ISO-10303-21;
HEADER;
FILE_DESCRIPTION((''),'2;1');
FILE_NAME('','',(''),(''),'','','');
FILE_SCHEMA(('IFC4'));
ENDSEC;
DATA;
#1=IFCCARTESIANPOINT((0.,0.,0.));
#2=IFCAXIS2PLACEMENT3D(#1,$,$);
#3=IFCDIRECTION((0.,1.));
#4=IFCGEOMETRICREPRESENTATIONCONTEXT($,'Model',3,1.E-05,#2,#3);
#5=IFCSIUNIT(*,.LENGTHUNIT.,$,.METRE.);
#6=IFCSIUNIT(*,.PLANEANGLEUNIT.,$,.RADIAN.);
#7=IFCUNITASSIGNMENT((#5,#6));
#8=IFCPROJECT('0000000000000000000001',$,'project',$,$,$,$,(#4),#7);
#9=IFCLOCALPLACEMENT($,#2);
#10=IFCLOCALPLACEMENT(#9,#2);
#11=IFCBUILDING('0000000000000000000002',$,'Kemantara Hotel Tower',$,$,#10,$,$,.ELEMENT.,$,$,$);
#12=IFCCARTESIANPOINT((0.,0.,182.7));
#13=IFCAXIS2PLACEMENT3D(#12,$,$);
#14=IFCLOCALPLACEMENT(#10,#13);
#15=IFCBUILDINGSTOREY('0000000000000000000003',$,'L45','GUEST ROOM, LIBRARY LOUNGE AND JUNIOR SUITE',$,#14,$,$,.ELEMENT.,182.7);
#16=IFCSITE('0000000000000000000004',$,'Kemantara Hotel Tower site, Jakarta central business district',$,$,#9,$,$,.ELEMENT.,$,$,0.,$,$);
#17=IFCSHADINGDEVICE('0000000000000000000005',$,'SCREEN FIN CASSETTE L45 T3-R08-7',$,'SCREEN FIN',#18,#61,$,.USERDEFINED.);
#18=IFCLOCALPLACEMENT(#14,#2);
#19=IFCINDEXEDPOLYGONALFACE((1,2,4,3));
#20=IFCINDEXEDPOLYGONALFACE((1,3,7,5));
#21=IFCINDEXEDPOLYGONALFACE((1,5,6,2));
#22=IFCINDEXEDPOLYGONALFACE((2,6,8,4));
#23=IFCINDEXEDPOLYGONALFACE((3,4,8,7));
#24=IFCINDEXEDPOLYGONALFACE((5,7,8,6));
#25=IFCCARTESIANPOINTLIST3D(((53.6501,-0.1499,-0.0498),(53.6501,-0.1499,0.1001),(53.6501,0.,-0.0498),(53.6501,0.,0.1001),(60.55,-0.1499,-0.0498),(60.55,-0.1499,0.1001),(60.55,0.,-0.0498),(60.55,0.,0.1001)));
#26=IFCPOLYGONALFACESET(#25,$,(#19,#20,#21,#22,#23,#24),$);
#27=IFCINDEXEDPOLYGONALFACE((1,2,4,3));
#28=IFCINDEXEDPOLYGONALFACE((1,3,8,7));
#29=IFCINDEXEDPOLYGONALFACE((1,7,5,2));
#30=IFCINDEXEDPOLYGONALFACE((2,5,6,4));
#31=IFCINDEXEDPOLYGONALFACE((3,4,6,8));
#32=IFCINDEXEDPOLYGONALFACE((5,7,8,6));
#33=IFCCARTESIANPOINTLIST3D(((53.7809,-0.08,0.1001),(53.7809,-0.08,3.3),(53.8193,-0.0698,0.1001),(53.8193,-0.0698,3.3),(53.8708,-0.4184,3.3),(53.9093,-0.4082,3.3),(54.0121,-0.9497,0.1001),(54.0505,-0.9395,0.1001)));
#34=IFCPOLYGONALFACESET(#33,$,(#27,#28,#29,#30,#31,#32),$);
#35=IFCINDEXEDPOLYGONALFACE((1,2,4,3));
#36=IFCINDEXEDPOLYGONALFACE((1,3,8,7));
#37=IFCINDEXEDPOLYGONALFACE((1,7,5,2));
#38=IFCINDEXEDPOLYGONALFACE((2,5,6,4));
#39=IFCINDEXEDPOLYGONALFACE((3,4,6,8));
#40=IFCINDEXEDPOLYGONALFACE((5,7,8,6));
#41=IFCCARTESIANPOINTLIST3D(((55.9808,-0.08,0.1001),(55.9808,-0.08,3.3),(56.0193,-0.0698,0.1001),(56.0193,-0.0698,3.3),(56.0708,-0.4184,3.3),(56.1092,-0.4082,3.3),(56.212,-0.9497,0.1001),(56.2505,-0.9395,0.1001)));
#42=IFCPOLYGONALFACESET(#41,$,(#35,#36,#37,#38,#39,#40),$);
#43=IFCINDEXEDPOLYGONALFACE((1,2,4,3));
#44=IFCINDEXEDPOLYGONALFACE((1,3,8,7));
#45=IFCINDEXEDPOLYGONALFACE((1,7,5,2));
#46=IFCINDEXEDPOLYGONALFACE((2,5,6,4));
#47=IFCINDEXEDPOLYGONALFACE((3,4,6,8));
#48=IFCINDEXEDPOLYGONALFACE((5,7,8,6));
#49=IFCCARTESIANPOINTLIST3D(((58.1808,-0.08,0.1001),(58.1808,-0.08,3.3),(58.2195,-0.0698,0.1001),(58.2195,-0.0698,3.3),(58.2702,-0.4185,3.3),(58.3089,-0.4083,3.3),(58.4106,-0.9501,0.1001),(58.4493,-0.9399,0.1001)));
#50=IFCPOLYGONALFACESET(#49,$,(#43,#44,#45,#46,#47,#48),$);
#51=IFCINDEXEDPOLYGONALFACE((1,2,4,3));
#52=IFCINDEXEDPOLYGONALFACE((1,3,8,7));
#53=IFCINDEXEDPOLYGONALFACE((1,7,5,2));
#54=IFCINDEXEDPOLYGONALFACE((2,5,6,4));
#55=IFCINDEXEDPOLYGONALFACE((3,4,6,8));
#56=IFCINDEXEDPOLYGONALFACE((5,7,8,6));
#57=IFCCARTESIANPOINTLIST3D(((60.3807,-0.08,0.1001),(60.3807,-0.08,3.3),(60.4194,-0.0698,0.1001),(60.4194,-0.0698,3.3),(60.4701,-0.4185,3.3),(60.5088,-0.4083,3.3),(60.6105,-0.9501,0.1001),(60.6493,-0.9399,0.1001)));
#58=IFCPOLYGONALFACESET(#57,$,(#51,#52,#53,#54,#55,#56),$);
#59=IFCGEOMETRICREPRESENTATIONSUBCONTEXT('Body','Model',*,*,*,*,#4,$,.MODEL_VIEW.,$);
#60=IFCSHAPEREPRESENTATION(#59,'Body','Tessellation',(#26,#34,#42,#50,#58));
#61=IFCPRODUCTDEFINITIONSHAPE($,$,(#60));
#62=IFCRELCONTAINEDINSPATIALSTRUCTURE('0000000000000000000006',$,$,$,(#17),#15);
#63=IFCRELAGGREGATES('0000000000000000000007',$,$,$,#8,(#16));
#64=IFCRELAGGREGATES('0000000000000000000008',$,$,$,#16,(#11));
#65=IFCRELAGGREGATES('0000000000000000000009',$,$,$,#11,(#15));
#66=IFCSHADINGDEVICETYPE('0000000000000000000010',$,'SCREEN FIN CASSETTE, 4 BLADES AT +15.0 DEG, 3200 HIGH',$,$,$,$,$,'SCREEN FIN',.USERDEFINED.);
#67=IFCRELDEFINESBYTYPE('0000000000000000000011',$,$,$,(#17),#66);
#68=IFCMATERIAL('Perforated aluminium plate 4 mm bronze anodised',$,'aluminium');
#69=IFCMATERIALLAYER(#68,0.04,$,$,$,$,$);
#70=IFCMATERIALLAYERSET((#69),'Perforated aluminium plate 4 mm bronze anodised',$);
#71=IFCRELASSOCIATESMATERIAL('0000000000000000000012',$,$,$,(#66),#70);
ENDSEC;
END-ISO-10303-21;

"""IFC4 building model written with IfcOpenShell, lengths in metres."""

from ifc_helpers import new_model, si_unit, direction, frame, origin, origin_2d, place, context, subcontext, project, spatial, polyline, rectangle, outline, extrude, source, transform, mapped, material, layer, layer_set, type_object, element, save


model = new_model("IFC4")

# Units and contexts
model_context = context("Model", 3, precision=1e-05, world=origin(), true_north=direction((0.0, 1.0)))
body_context = subcontext(model_context, "Body", "Model", "MODEL_VIEW")
ifc_project = project(units=[si_unit("LENGTHUNIT", "METRE"), si_unit("PLANEANGLEUNIT", "RADIAN")], contexts=[model_context])

# Site, building, storey
site_placement = place(None, origin())
site = spatial("IfcSite", under=ifc_project, at=site_placement, Name="Kemantara Hotel Tower site, Jakarta central business district", CompositionType="ELEMENT", RefElevation=0.0)
building_placement = place(site_placement, origin())
building = spatial("IfcBuilding", under=site, at=building_placement, Name="Kemantara Hotel Tower", CompositionType="ELEMENT")
storey_placement = place(building_placement, frame((0.0, 0.0, 182.7)))
storey = spatial("IfcBuildingStorey", under=building, at=storey_placement, Name="L45", Description="GUEST ROOM, LIBRARY LOUNGE AND JUNIOR SUITE", CompositionType="ELEMENT", Elevation=182.7)

# Shading device
ifc_material_1 = material(Name="Perforated aluminium plate 4 mm bronze anodised", Category="aluminium")
ifc_layer_1 = layer(ifc_material_1, 0.04)
ifc_layer_set_1 = layer_set([ifc_layer_1], Name="Perforated aluminium plate 4 mm bronze anodised")
shading_device_type_1 = type_object("IfcShadingDeviceType", Name="SCREEN FIN CASSETTE, 4 BLADES AT +15.0 DEG, 3200 HIGH", ElementType="SCREEN FIN", PredefinedType="USERDEFINED", material=ifc_layer_set_1)
shared_shape_1 = source(origin(), body_context, "Body", "SweptSolid", [
    extrude(rectangle(XDim=6.8999, YDim=0.1499, at=origin_2d()), frame((3.3, -0.075, -0.1499), z_axis=(0.0, 0.0, 1.0), x_axis=(1.0, 0.0, 0.0)), (0.0, 0.0, 1.0), 0.1499),
    extrude(outline(polyline([(0.0, 0.0), (0.8999, 0.0), (0.3501, 3.2), (0.0, 3.2), (0.0, 0.0)])), frame((0.0193, -0.0698, 0.0), z_axis=(-0.966438, -0.256901, 0.0), x_axis=(0.256901, -0.966438, 0.0)), (0.0, 0.0, 1.0), 0.0398),
    extrude(outline(polyline([(0.0, 0.0), (0.8999, 0.0), (0.3501, 3.2), (0.0, 3.2), (0.0, 0.0)])), frame((2.2192, -0.0698, 0.0), z_axis=(-0.966438, -0.256901, 0.0), x_axis=(0.256901, -0.966438, 0.0)), (0.0, 0.0, 1.0), 0.0398),
    extrude(outline(polyline([(0.0, 0.0), (0.8999, 0.0), (0.3501, 3.2), (0.0, 3.2), (0.0, 0.0)])), frame((4.4194, -0.0698, 0.0), z_axis=(-0.966838, -0.255391, 0.0), x_axis=(0.255391, -0.966838, 0.0)), (0.0, 0.0, 1.0), 0.04),
    extrude(outline(polyline([(0.0, 0.0), (0.8999, 0.0), (0.3501, 3.2), (0.0, 3.2), (0.0, 0.0)])), frame((6.6194, -0.0698, 0.0), z_axis=(-0.966838, -0.255391, 0.0), x_axis=(0.255391, -0.966838, 0.0)), (0.0, 0.0, 1.0), 0.04),
])
shading_device_1_placement = place(storey_placement, frame((53.8, 0.0, 0.1001), z_axis=(0.0, 0.0, 1.0), x_axis=(1.0, 0.0, 0.0)))
element("IfcShadingDevice", 1, at=shading_device_1_placement, inside=storey, type_object=shading_device_type_1, Name="SCREEN FIN CASSETTE L45 T3-R08-7", ObjectType="SCREEN FIN", PredefinedType="USERDEFINED", context=body_context, shape_type="MappedRepresentation", body=[
    mapped(shared_shape_1, transform((0.0, 0.0, 0.0))),
])

save(model, "model.ifc")
